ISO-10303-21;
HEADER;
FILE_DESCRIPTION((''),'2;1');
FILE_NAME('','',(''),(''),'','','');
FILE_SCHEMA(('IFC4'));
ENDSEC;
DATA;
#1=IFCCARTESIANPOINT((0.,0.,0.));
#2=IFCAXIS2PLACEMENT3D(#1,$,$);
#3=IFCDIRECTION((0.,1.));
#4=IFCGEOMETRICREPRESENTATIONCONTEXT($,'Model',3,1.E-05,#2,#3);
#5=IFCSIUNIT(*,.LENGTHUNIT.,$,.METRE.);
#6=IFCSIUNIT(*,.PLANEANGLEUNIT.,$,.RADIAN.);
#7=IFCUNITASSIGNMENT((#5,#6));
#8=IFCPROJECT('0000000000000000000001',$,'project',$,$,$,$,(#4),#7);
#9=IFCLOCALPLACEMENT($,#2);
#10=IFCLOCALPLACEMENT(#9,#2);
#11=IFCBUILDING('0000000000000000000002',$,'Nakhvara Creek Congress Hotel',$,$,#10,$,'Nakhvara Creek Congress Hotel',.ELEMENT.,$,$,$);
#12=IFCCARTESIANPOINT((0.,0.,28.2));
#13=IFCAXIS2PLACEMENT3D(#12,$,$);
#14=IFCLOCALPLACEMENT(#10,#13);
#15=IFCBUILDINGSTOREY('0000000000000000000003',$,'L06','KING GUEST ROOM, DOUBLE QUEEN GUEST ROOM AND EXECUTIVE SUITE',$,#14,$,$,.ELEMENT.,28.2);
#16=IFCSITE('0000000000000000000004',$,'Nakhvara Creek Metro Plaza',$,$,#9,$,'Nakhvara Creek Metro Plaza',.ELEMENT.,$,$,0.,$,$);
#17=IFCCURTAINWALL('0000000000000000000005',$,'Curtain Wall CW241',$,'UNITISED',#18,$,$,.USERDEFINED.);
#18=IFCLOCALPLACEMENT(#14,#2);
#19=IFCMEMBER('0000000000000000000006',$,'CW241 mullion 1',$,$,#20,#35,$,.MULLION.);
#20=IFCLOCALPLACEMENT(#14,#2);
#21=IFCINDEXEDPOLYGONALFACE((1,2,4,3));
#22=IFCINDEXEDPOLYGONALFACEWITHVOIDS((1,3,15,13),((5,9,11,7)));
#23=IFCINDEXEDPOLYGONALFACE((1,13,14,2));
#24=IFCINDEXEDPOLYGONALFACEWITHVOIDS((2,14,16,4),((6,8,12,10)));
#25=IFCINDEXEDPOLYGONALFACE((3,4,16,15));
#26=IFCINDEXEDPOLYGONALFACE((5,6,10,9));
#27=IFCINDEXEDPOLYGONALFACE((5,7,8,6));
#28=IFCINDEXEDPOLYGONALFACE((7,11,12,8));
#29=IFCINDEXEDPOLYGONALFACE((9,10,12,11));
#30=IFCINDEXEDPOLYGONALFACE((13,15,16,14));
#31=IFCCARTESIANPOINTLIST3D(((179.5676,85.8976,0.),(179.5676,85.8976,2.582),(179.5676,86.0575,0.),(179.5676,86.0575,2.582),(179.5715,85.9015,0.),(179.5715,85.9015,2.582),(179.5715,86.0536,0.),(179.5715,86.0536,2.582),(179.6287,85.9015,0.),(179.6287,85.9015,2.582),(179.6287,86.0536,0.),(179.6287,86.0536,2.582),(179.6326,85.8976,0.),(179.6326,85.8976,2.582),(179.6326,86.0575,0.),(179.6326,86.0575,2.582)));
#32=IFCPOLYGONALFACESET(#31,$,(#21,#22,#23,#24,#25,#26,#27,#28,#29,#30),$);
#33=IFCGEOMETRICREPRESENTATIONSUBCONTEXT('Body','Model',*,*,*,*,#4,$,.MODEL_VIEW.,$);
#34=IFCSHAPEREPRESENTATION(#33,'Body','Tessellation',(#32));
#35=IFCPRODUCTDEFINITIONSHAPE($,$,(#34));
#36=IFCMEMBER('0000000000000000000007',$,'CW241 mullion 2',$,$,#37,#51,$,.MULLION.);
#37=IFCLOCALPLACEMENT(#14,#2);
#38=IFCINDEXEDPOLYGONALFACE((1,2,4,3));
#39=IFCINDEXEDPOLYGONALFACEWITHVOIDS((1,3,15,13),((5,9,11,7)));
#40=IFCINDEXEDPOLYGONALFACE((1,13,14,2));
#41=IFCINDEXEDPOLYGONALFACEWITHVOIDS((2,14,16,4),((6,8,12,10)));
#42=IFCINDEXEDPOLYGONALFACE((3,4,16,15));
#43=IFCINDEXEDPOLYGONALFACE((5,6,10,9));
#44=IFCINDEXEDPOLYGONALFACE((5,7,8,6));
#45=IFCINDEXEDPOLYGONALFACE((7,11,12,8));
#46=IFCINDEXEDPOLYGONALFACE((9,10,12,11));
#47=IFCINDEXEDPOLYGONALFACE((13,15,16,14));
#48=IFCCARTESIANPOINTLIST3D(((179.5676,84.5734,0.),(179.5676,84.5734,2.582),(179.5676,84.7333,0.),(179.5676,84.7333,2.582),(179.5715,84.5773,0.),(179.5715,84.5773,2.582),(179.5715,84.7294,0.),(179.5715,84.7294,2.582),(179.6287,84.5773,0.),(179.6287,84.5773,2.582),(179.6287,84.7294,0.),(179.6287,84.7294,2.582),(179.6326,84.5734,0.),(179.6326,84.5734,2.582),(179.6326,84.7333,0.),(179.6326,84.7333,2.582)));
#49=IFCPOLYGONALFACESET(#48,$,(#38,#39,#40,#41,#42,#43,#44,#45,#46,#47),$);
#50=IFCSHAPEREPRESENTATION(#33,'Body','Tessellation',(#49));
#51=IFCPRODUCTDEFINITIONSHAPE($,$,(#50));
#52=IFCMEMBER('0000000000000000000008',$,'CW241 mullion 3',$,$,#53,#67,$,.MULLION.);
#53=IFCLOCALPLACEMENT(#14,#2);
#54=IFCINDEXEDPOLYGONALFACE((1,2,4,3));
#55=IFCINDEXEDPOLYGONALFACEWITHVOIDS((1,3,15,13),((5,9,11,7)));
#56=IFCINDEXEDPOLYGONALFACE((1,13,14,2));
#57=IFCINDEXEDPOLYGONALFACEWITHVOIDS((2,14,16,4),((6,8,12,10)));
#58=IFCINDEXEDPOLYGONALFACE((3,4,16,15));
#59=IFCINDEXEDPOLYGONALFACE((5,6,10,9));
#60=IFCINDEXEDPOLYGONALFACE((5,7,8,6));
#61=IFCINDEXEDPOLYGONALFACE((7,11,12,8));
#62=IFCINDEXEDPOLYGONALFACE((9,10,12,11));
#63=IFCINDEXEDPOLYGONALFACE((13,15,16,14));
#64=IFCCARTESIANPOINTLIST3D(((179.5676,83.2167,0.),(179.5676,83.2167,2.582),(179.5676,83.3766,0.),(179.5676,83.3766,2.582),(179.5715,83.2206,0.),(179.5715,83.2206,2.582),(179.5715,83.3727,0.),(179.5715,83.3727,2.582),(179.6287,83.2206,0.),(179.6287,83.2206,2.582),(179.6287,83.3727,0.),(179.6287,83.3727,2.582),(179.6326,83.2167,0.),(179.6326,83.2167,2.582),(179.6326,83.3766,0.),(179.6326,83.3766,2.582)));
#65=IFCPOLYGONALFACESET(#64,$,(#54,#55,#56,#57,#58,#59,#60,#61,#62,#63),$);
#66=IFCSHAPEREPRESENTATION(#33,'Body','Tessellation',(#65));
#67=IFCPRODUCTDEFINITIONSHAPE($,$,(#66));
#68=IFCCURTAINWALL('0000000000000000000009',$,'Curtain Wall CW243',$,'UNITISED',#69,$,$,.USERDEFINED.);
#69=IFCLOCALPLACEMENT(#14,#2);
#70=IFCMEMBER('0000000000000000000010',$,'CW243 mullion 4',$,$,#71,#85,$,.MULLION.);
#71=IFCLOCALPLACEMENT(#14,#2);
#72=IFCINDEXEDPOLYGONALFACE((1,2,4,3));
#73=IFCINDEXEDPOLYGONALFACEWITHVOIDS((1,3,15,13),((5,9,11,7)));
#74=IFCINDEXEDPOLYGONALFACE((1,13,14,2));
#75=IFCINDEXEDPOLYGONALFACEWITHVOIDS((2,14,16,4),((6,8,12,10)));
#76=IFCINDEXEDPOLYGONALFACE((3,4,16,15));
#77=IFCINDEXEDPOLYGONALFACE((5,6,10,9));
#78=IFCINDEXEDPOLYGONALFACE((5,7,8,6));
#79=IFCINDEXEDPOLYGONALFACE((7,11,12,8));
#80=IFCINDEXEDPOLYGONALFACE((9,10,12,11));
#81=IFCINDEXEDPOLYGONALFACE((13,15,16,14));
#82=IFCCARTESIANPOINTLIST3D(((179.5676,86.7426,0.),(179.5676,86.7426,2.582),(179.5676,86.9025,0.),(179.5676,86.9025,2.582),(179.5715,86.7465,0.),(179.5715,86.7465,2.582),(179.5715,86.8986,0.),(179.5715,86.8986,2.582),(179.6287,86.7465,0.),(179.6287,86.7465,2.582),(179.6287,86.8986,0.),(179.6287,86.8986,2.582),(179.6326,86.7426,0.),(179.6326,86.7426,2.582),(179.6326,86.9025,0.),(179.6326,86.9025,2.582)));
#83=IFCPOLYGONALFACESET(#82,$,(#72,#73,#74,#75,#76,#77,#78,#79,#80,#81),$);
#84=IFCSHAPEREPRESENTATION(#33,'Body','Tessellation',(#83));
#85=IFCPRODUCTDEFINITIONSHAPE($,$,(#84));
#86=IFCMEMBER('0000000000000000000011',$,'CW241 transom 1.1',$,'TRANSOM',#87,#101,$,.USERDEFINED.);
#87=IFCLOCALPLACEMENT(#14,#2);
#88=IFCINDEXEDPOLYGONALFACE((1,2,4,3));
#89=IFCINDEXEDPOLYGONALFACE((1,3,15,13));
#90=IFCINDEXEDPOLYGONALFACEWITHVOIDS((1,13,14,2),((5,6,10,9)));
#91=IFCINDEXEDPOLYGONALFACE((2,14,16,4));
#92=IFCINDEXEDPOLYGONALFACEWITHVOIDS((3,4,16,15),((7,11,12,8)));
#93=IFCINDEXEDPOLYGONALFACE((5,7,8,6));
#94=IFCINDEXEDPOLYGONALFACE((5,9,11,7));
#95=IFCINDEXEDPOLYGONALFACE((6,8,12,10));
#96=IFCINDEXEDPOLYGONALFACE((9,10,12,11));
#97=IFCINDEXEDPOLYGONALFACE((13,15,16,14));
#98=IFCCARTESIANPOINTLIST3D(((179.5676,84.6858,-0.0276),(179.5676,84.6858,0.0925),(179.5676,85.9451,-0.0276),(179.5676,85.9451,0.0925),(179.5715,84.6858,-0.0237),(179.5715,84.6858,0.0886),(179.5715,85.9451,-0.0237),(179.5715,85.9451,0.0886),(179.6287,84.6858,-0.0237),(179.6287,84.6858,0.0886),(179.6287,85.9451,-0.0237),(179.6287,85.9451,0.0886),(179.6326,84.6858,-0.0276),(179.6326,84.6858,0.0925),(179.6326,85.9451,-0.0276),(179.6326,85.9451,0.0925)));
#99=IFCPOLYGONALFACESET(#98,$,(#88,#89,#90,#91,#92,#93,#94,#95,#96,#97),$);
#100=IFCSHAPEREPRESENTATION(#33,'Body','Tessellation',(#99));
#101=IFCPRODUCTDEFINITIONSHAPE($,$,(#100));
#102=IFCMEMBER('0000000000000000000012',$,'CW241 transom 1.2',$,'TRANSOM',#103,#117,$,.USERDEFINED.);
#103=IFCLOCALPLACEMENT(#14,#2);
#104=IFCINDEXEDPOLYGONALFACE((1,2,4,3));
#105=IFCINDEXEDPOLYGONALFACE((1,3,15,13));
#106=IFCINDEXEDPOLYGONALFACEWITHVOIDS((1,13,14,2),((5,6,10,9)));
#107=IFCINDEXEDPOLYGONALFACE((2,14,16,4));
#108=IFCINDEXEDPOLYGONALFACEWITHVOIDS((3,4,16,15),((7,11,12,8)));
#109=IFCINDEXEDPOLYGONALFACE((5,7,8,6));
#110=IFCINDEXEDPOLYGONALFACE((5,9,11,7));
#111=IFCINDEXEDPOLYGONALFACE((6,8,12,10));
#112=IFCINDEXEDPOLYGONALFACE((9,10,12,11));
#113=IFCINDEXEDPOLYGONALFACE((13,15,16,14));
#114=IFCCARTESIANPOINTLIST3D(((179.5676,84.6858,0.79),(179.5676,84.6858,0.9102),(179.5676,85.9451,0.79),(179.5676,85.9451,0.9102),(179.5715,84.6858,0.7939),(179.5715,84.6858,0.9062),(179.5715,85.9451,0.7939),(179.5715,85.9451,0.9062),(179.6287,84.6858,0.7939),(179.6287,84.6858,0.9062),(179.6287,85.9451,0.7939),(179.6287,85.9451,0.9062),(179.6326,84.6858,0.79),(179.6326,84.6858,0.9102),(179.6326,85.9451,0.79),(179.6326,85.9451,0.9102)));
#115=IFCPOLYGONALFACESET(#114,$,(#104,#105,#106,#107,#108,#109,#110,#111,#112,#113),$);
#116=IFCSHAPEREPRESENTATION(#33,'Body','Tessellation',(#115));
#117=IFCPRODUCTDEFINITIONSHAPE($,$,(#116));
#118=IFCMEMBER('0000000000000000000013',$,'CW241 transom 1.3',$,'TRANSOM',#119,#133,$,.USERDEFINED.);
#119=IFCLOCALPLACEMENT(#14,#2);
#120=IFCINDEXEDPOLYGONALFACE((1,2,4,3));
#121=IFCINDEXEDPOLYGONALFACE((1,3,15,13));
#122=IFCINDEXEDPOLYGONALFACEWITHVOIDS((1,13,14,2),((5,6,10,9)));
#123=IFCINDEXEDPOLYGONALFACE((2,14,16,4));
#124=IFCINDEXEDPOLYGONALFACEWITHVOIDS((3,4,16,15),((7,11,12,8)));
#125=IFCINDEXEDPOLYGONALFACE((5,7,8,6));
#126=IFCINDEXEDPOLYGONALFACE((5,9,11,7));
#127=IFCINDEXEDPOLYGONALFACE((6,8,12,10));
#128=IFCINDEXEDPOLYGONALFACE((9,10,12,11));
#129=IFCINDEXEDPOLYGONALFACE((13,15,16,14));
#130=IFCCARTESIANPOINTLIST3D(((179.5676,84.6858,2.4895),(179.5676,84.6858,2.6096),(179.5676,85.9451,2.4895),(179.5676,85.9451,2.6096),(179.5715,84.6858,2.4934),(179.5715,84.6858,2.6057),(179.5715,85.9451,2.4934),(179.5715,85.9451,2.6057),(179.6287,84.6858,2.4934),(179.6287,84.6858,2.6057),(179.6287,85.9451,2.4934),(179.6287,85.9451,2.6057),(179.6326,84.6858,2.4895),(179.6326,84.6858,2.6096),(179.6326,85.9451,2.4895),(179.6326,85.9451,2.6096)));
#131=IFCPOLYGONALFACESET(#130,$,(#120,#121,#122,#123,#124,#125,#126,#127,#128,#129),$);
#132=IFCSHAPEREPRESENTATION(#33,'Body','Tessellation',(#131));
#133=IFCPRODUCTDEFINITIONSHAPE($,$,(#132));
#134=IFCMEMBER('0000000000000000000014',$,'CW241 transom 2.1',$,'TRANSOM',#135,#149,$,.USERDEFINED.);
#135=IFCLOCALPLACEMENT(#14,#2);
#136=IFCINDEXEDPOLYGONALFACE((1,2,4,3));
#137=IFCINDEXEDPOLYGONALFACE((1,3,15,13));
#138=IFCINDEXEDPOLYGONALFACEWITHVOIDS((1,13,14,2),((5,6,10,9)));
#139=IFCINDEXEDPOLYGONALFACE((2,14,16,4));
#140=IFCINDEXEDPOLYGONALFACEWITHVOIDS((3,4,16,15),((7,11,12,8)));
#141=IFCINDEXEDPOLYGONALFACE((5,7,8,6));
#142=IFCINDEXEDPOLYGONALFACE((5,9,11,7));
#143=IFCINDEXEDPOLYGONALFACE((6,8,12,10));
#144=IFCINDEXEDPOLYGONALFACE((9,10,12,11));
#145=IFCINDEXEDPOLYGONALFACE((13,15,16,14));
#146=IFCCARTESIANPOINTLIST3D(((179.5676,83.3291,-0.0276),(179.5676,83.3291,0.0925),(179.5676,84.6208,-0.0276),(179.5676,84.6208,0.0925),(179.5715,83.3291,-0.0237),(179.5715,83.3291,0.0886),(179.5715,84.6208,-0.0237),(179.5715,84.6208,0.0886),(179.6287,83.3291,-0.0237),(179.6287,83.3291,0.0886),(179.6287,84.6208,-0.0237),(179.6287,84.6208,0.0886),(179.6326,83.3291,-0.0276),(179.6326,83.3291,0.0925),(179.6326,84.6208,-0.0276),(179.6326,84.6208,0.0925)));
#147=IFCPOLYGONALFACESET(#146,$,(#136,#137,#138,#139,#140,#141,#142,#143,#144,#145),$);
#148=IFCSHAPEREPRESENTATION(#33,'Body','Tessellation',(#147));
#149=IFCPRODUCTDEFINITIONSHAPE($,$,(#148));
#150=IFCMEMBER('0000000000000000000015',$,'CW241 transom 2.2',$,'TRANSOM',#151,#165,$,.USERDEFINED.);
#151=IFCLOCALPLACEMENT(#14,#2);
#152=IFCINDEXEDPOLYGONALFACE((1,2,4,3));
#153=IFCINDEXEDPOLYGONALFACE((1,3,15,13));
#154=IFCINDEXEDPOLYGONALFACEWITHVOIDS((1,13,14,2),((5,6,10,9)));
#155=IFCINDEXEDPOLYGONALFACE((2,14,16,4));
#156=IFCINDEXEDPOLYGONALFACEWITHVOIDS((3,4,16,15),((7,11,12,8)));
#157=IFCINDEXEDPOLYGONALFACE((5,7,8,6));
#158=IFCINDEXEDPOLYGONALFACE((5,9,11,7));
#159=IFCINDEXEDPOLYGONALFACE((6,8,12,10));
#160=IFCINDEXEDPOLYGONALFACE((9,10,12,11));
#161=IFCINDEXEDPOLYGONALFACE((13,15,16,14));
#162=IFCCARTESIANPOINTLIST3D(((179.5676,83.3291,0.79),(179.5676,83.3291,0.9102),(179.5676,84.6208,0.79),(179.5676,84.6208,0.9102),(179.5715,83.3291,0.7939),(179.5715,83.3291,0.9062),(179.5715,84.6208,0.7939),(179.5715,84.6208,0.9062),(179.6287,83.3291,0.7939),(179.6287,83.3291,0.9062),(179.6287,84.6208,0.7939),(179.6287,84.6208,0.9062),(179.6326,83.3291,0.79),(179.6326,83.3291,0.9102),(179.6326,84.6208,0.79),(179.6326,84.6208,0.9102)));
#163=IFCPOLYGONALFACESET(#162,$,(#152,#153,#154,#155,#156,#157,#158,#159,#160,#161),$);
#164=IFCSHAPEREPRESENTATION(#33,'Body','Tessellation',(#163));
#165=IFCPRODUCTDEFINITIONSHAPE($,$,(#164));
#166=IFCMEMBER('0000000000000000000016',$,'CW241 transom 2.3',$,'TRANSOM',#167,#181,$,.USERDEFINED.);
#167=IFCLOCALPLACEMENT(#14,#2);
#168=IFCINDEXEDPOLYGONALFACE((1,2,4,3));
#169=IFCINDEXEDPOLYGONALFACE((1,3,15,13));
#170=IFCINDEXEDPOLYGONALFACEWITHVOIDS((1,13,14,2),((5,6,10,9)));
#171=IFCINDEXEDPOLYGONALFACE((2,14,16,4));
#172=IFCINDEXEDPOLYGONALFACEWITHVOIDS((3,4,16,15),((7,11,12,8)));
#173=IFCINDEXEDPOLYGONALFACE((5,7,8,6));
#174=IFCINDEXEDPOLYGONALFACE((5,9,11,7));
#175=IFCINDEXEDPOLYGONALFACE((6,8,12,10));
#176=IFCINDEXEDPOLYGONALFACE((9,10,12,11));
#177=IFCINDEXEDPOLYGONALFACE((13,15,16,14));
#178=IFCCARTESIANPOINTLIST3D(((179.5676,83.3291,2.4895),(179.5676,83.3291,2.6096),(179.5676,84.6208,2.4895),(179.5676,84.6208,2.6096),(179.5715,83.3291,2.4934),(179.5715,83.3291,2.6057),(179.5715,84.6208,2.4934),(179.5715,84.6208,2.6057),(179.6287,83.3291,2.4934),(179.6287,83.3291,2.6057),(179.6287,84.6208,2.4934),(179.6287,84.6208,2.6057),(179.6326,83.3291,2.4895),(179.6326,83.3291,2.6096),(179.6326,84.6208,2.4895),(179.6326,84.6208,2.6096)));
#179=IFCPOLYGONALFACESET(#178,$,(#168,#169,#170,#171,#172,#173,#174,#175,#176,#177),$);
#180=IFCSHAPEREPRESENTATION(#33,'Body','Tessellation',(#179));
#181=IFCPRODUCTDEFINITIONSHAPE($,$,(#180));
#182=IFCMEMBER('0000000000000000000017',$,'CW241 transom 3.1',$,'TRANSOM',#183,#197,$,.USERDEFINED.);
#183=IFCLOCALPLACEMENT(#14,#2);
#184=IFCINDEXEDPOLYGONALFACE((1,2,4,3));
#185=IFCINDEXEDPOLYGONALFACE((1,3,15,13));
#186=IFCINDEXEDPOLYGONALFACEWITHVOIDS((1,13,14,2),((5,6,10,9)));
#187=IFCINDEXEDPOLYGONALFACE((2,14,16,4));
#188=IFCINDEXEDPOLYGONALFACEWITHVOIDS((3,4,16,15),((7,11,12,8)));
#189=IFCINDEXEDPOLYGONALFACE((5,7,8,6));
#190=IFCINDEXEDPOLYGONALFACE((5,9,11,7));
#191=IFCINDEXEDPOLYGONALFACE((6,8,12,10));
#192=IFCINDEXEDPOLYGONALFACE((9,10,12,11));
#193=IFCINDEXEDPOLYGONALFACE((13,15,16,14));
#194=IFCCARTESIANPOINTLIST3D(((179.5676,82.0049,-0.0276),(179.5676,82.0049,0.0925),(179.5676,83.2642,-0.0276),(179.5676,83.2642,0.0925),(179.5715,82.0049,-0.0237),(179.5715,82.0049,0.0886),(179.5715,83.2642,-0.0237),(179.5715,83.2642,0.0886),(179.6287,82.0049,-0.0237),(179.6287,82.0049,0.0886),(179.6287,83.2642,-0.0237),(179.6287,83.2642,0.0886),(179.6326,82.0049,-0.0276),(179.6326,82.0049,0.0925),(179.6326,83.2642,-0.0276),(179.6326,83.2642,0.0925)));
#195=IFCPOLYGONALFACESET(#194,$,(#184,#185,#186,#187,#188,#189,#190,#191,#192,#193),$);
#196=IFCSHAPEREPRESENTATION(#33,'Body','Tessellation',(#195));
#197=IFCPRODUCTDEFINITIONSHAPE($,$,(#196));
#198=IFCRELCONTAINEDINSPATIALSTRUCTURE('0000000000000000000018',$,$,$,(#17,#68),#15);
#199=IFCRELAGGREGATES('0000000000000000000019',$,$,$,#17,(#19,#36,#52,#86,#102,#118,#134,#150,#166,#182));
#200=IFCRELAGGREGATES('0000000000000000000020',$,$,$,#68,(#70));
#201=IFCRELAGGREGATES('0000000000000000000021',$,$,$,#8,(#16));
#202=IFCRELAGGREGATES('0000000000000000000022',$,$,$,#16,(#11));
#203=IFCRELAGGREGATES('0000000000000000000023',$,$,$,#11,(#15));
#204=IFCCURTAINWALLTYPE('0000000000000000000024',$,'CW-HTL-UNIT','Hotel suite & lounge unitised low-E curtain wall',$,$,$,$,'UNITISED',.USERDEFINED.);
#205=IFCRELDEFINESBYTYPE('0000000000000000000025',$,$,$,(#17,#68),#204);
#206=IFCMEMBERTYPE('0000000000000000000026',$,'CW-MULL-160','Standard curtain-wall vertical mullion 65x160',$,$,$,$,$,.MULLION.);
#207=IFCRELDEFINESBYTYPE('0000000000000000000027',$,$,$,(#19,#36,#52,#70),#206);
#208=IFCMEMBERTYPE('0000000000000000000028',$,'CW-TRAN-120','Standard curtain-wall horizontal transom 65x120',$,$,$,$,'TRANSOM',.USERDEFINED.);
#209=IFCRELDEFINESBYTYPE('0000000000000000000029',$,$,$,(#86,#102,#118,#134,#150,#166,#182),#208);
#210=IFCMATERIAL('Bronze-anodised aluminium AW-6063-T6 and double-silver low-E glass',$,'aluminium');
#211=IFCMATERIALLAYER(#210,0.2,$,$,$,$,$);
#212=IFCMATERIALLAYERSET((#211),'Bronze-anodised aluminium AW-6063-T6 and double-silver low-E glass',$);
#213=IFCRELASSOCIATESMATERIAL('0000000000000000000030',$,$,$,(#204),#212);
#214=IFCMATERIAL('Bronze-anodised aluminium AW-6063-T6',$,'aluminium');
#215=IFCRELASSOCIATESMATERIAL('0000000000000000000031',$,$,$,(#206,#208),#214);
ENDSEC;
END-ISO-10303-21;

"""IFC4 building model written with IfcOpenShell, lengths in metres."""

from ifc_helpers import new_model, si_unit, direction, frame, origin, origin_2d, place, context, subcontext, project, spatial, hollow_rectangle, extrude, material, layer, layer_set, material_profile, profile_set, type_object, element, aggregate, save


model = new_model("IFC4")

# Units and contexts
model_context = context("Model", 3, precision=1e-05, world=origin(), true_north=direction((0.0, 1.0)))
body_context = subcontext(model_context, "Body", "Model", "MODEL_VIEW")
ifc_project = project(units=[si_unit("LENGTHUNIT", "METRE"), si_unit("PLANEANGLEUNIT", "RADIAN")], contexts=[model_context])

# Site, building, storey
site_placement = place(None, origin())
site = spatial("IfcSite", under=ifc_project, at=site_placement, Name="Nakhvara Creek Metro Plaza", LongName="Nakhvara Creek Metro Plaza", CompositionType="ELEMENT", RefElevation=0.0)
building_placement = place(site_placement, origin())
building = spatial("IfcBuilding", under=site, at=building_placement, Name="Nakhvara Creek Congress Hotel", LongName="Nakhvara Creek Congress Hotel", CompositionType="ELEMENT")
storey_placement = place(building_placement, frame((0.0, 0.0, 28.2)))
storey = spatial("IfcBuildingStorey", under=building, at=storey_placement, Name="L06", Description="KING GUEST ROOM, DOUBLE QUEEN GUEST ROOM AND EXECUTIVE SUITE", CompositionType="ELEMENT", Elevation=28.2)

# Curtain wall, members
ifc_material_1 = material(Name="Bronze-anodised aluminium AW-6063-T6 and double-silver low-E glass", Category="aluminium")
ifc_layer = layer(ifc_material_1, 0.2)
ifc_layer_set = layer_set([ifc_layer], Name="Bronze-anodised aluminium AW-6063-T6 and double-silver low-E glass")
curtain_wall_type = type_object("IfcCurtainWallType", Name="CW-HTL-UNIT", Description="Hotel suite & lounge unitised low-E curtain wall", ElementType="UNITISED", PredefinedType="USERDEFINED", material=ifc_layer_set)
curtain_wall_1_placement = place(storey_placement, origin())
curtain_wall_1 = element("IfcCurtainWall", 1, at=curtain_wall_1_placement, inside=storey, type_object=curtain_wall_type, Name="Curtain Wall CW241", ObjectType="UNITISED", PredefinedType="USERDEFINED")
ifc_material_2 = material(Name="Bronze-anodised aluminium AW-6063-T6", Category="aluminium")
ifc_material_profile_1 = material_profile(ifc_material_2, hollow_rectangle(XDim=0.0649, YDim=0.1599, WallThickness=0.0039, at=origin_2d()), Name="ALU-MULL 65x160x4", Category="LoadBearing")
ifc_profile_set_1 = profile_set([ifc_material_profile_1], Name="Bronze-anodised aluminium AW-6063-T6")
member_type_1 = type_object("IfcMemberType", Name="CW-MULL-160", Description="Standard curtain-wall vertical mullion 65x160", PredefinedType="MULLION", material=ifc_profile_set_1)
member_1_placement = place(storey_placement, frame((179.6001, 85.9775, 0.0), z_axis=(0.0, 0.0, 1.0), x_axis=(1.0, 0.0, 0.0)))
member_1 = element("IfcMember", 2, at=member_1_placement, type_object=member_type_1, Name="CW241 mullion 1", PredefinedType="MULLION", context=body_context, shape_type="SweptSolid", body=[
    extrude(hollow_rectangle(XDim=0.0649, YDim=0.1599, WallThickness=0.0039, at=origin_2d()), origin(), (0.0, 0.0, 1.0), 2.582),
])
member_2_placement = place(storey_placement, frame((179.6001, 84.6533, 0.0), z_axis=(0.0, 0.0, 1.0), x_axis=(1.0, 0.0, 0.0)))
member_2 = element("IfcMember", 3, at=member_2_placement, type_object=member_type_1, Name="CW241 mullion 2", PredefinedType="MULLION", context=body_context, shape_type="SweptSolid", body=[
    extrude(hollow_rectangle(XDim=0.0649, YDim=0.1599, WallThickness=0.0039, at=origin_2d()), origin(), (0.0, 0.0, 1.0), 2.582),
])
member_3_placement = place(storey_placement, frame((179.6001, 83.2966, 0.0), z_axis=(0.0, 0.0, 1.0), x_axis=(1.0, 0.0, 0.0)))
member_3 = element("IfcMember", 4, at=member_3_placement, type_object=member_type_1, Name="CW241 mullion 3", PredefinedType="MULLION", context=body_context, shape_type="SweptSolid", body=[
    extrude(hollow_rectangle(XDim=0.0649, YDim=0.1599, WallThickness=0.0039, at=origin_2d()), origin(), (0.0, 0.0, 1.0), 2.582),
])

# Curtain wall, member
curtain_wall_2_placement = place(storey_placement, origin())
curtain_wall_2 = element("IfcCurtainWall", 5, at=curtain_wall_2_placement, inside=storey, type_object=curtain_wall_type, Name="Curtain Wall CW243", ObjectType="UNITISED", PredefinedType="USERDEFINED")
member_4_placement = place(storey_placement, frame((179.6001, 86.8225, 0.0), z_axis=(0.0, 0.0, 1.0), x_axis=(1.0, 0.0, 0.0)))
member_4 = element("IfcMember", 6, at=member_4_placement, type_object=member_type_1, Name="CW243 mullion 4", PredefinedType="MULLION", context=body_context, shape_type="SweptSolid", body=[
    extrude(hollow_rectangle(XDim=0.0649, YDim=0.1599, WallThickness=0.0039, at=origin_2d()), origin(), (0.0, 0.0, 1.0), 2.582),
])

# Members
ifc_material_profile_2 = material_profile(ifc_material_2, hollow_rectangle(XDim=0.0649, YDim=0.1201, WallThickness=0.0039, at=origin_2d()), Name="ALU-TRAN 65x120x4", Category="LoadBearing")
ifc_profile_set_2 = profile_set([ifc_material_profile_2], Name="Bronze-anodised aluminium AW-6063-T6")
member_type_2 = type_object("IfcMemberType", Name="CW-TRAN-120", Description="Standard curtain-wall horizontal transom 65x120", ElementType="TRANSOM", PredefinedType="USERDEFINED", material=ifc_profile_set_2)
member_5_placement = place(storey_placement, frame((179.6001, 85.9451, 0.0325), z_axis=(0.0, -1.0, 0.0), x_axis=(1.0, 0.0, 0.0)))
member_5 = element("IfcMember", 7, at=member_5_placement, type_object=member_type_2, Name="CW241 transom 1.1", ObjectType="TRANSOM", PredefinedType="USERDEFINED", context=body_context, shape_type="SweptSolid", body=[
    extrude(hollow_rectangle(XDim=0.0649, YDim=0.1201, WallThickness=0.0039, at=origin_2d()), origin(), (0.0, 0.0, 1.0), 1.2593),
])
member_6_placement = place(storey_placement, frame((179.6001, 85.9451, 0.8501), z_axis=(0.0, -1.0, 0.0), x_axis=(1.0, 0.0, 0.0)))
member_6 = element("IfcMember", 8, at=member_6_placement, type_object=member_type_2, Name="CW241 transom 1.2", ObjectType="TRANSOM", PredefinedType="USERDEFINED", context=body_context, shape_type="SweptSolid", body=[
    extrude(hollow_rectangle(XDim=0.0649, YDim=0.1201, WallThickness=0.0039, at=origin_2d()), origin(), (0.0, 0.0, 1.0), 1.2593),
])
member_7_placement = place(storey_placement, frame((179.6001, 85.9451, 2.5496), z_axis=(0.0, -1.0, 0.0), x_axis=(1.0, 0.0, 0.0)))
member_7 = element("IfcMember", 9, at=member_7_placement, type_object=member_type_2, Name="CW241 transom 1.3", ObjectType="TRANSOM", PredefinedType="USERDEFINED", context=body_context, shape_type="SweptSolid", body=[
    extrude(hollow_rectangle(XDim=0.0649, YDim=0.1201, WallThickness=0.0039, at=origin_2d()), origin(), (0.0, 0.0, 1.0), 1.2593),
])
member_8_placement = place(storey_placement, frame((179.6001, 84.6208, 0.0325), z_axis=(0.0, -1.0, 0.0), x_axis=(1.0, 0.0, 0.0)))
member_8 = element("IfcMember", 10, at=member_8_placement, type_object=member_type_2, Name="CW241 transom 2.1", ObjectType="TRANSOM", PredefinedType="USERDEFINED", context=body_context, shape_type="SweptSolid", body=[
    extrude(hollow_rectangle(XDim=0.0649, YDim=0.1201, WallThickness=0.0039, at=origin_2d()), origin(), (0.0, 0.0, 1.0), 1.2917),
])
member_9_placement = place(storey_placement, frame((179.6001, 84.6208, 0.8501), z_axis=(0.0, -1.0, 0.0), x_axis=(1.0, 0.0, 0.0)))
member_9 = element("IfcMember", 11, at=member_9_placement, type_object=member_type_2, Name="CW241 transom 2.2", ObjectType="TRANSOM", PredefinedType="USERDEFINED", context=body_context, shape_type="SweptSolid", body=[
    extrude(hollow_rectangle(XDim=0.0649, YDim=0.1201, WallThickness=0.0039, at=origin_2d()), origin(), (0.0, 0.0, 1.0), 1.2917),
])
member_10_placement = place(storey_placement, frame((179.6001, 84.6208, 2.5496), z_axis=(0.0, -1.0, 0.0), x_axis=(1.0, 0.0, 0.0)))
member_10 = element("IfcMember", 12, at=member_10_placement, type_object=member_type_2, Name="CW241 transom 2.3", ObjectType="TRANSOM", PredefinedType="USERDEFINED", context=body_context, shape_type="SweptSolid", body=[
    extrude(hollow_rectangle(XDim=0.0649, YDim=0.1201, WallThickness=0.0039, at=origin_2d()), origin(), (0.0, 0.0, 1.0), 1.2917),
])
member_11_placement = place(storey_placement, frame((179.6001, 83.2642, 0.0325), z_axis=(0.0, -1.0, 0.0), x_axis=(1.0, 0.0, 0.0)))
member_11 = element("IfcMember", 13, at=member_11_placement, type_object=member_type_2, Name="CW241 transom 3.1", ObjectType="TRANSOM", PredefinedType="USERDEFINED", context=body_context, shape_type="SweptSolid", body=[
    extrude(hollow_rectangle(XDim=0.0649, YDim=0.1201, WallThickness=0.0039, at=origin_2d()), origin(), (0.0, 0.0, 1.0), 1.2593),
])

aggregate(curtain_wall_1, [member_1, member_2, member_3, member_5, member_6, member_7, member_8, member_9, member_10, member_11])
aggregate(curtain_wall_2, [member_4])

save(model, "model.ifc")
